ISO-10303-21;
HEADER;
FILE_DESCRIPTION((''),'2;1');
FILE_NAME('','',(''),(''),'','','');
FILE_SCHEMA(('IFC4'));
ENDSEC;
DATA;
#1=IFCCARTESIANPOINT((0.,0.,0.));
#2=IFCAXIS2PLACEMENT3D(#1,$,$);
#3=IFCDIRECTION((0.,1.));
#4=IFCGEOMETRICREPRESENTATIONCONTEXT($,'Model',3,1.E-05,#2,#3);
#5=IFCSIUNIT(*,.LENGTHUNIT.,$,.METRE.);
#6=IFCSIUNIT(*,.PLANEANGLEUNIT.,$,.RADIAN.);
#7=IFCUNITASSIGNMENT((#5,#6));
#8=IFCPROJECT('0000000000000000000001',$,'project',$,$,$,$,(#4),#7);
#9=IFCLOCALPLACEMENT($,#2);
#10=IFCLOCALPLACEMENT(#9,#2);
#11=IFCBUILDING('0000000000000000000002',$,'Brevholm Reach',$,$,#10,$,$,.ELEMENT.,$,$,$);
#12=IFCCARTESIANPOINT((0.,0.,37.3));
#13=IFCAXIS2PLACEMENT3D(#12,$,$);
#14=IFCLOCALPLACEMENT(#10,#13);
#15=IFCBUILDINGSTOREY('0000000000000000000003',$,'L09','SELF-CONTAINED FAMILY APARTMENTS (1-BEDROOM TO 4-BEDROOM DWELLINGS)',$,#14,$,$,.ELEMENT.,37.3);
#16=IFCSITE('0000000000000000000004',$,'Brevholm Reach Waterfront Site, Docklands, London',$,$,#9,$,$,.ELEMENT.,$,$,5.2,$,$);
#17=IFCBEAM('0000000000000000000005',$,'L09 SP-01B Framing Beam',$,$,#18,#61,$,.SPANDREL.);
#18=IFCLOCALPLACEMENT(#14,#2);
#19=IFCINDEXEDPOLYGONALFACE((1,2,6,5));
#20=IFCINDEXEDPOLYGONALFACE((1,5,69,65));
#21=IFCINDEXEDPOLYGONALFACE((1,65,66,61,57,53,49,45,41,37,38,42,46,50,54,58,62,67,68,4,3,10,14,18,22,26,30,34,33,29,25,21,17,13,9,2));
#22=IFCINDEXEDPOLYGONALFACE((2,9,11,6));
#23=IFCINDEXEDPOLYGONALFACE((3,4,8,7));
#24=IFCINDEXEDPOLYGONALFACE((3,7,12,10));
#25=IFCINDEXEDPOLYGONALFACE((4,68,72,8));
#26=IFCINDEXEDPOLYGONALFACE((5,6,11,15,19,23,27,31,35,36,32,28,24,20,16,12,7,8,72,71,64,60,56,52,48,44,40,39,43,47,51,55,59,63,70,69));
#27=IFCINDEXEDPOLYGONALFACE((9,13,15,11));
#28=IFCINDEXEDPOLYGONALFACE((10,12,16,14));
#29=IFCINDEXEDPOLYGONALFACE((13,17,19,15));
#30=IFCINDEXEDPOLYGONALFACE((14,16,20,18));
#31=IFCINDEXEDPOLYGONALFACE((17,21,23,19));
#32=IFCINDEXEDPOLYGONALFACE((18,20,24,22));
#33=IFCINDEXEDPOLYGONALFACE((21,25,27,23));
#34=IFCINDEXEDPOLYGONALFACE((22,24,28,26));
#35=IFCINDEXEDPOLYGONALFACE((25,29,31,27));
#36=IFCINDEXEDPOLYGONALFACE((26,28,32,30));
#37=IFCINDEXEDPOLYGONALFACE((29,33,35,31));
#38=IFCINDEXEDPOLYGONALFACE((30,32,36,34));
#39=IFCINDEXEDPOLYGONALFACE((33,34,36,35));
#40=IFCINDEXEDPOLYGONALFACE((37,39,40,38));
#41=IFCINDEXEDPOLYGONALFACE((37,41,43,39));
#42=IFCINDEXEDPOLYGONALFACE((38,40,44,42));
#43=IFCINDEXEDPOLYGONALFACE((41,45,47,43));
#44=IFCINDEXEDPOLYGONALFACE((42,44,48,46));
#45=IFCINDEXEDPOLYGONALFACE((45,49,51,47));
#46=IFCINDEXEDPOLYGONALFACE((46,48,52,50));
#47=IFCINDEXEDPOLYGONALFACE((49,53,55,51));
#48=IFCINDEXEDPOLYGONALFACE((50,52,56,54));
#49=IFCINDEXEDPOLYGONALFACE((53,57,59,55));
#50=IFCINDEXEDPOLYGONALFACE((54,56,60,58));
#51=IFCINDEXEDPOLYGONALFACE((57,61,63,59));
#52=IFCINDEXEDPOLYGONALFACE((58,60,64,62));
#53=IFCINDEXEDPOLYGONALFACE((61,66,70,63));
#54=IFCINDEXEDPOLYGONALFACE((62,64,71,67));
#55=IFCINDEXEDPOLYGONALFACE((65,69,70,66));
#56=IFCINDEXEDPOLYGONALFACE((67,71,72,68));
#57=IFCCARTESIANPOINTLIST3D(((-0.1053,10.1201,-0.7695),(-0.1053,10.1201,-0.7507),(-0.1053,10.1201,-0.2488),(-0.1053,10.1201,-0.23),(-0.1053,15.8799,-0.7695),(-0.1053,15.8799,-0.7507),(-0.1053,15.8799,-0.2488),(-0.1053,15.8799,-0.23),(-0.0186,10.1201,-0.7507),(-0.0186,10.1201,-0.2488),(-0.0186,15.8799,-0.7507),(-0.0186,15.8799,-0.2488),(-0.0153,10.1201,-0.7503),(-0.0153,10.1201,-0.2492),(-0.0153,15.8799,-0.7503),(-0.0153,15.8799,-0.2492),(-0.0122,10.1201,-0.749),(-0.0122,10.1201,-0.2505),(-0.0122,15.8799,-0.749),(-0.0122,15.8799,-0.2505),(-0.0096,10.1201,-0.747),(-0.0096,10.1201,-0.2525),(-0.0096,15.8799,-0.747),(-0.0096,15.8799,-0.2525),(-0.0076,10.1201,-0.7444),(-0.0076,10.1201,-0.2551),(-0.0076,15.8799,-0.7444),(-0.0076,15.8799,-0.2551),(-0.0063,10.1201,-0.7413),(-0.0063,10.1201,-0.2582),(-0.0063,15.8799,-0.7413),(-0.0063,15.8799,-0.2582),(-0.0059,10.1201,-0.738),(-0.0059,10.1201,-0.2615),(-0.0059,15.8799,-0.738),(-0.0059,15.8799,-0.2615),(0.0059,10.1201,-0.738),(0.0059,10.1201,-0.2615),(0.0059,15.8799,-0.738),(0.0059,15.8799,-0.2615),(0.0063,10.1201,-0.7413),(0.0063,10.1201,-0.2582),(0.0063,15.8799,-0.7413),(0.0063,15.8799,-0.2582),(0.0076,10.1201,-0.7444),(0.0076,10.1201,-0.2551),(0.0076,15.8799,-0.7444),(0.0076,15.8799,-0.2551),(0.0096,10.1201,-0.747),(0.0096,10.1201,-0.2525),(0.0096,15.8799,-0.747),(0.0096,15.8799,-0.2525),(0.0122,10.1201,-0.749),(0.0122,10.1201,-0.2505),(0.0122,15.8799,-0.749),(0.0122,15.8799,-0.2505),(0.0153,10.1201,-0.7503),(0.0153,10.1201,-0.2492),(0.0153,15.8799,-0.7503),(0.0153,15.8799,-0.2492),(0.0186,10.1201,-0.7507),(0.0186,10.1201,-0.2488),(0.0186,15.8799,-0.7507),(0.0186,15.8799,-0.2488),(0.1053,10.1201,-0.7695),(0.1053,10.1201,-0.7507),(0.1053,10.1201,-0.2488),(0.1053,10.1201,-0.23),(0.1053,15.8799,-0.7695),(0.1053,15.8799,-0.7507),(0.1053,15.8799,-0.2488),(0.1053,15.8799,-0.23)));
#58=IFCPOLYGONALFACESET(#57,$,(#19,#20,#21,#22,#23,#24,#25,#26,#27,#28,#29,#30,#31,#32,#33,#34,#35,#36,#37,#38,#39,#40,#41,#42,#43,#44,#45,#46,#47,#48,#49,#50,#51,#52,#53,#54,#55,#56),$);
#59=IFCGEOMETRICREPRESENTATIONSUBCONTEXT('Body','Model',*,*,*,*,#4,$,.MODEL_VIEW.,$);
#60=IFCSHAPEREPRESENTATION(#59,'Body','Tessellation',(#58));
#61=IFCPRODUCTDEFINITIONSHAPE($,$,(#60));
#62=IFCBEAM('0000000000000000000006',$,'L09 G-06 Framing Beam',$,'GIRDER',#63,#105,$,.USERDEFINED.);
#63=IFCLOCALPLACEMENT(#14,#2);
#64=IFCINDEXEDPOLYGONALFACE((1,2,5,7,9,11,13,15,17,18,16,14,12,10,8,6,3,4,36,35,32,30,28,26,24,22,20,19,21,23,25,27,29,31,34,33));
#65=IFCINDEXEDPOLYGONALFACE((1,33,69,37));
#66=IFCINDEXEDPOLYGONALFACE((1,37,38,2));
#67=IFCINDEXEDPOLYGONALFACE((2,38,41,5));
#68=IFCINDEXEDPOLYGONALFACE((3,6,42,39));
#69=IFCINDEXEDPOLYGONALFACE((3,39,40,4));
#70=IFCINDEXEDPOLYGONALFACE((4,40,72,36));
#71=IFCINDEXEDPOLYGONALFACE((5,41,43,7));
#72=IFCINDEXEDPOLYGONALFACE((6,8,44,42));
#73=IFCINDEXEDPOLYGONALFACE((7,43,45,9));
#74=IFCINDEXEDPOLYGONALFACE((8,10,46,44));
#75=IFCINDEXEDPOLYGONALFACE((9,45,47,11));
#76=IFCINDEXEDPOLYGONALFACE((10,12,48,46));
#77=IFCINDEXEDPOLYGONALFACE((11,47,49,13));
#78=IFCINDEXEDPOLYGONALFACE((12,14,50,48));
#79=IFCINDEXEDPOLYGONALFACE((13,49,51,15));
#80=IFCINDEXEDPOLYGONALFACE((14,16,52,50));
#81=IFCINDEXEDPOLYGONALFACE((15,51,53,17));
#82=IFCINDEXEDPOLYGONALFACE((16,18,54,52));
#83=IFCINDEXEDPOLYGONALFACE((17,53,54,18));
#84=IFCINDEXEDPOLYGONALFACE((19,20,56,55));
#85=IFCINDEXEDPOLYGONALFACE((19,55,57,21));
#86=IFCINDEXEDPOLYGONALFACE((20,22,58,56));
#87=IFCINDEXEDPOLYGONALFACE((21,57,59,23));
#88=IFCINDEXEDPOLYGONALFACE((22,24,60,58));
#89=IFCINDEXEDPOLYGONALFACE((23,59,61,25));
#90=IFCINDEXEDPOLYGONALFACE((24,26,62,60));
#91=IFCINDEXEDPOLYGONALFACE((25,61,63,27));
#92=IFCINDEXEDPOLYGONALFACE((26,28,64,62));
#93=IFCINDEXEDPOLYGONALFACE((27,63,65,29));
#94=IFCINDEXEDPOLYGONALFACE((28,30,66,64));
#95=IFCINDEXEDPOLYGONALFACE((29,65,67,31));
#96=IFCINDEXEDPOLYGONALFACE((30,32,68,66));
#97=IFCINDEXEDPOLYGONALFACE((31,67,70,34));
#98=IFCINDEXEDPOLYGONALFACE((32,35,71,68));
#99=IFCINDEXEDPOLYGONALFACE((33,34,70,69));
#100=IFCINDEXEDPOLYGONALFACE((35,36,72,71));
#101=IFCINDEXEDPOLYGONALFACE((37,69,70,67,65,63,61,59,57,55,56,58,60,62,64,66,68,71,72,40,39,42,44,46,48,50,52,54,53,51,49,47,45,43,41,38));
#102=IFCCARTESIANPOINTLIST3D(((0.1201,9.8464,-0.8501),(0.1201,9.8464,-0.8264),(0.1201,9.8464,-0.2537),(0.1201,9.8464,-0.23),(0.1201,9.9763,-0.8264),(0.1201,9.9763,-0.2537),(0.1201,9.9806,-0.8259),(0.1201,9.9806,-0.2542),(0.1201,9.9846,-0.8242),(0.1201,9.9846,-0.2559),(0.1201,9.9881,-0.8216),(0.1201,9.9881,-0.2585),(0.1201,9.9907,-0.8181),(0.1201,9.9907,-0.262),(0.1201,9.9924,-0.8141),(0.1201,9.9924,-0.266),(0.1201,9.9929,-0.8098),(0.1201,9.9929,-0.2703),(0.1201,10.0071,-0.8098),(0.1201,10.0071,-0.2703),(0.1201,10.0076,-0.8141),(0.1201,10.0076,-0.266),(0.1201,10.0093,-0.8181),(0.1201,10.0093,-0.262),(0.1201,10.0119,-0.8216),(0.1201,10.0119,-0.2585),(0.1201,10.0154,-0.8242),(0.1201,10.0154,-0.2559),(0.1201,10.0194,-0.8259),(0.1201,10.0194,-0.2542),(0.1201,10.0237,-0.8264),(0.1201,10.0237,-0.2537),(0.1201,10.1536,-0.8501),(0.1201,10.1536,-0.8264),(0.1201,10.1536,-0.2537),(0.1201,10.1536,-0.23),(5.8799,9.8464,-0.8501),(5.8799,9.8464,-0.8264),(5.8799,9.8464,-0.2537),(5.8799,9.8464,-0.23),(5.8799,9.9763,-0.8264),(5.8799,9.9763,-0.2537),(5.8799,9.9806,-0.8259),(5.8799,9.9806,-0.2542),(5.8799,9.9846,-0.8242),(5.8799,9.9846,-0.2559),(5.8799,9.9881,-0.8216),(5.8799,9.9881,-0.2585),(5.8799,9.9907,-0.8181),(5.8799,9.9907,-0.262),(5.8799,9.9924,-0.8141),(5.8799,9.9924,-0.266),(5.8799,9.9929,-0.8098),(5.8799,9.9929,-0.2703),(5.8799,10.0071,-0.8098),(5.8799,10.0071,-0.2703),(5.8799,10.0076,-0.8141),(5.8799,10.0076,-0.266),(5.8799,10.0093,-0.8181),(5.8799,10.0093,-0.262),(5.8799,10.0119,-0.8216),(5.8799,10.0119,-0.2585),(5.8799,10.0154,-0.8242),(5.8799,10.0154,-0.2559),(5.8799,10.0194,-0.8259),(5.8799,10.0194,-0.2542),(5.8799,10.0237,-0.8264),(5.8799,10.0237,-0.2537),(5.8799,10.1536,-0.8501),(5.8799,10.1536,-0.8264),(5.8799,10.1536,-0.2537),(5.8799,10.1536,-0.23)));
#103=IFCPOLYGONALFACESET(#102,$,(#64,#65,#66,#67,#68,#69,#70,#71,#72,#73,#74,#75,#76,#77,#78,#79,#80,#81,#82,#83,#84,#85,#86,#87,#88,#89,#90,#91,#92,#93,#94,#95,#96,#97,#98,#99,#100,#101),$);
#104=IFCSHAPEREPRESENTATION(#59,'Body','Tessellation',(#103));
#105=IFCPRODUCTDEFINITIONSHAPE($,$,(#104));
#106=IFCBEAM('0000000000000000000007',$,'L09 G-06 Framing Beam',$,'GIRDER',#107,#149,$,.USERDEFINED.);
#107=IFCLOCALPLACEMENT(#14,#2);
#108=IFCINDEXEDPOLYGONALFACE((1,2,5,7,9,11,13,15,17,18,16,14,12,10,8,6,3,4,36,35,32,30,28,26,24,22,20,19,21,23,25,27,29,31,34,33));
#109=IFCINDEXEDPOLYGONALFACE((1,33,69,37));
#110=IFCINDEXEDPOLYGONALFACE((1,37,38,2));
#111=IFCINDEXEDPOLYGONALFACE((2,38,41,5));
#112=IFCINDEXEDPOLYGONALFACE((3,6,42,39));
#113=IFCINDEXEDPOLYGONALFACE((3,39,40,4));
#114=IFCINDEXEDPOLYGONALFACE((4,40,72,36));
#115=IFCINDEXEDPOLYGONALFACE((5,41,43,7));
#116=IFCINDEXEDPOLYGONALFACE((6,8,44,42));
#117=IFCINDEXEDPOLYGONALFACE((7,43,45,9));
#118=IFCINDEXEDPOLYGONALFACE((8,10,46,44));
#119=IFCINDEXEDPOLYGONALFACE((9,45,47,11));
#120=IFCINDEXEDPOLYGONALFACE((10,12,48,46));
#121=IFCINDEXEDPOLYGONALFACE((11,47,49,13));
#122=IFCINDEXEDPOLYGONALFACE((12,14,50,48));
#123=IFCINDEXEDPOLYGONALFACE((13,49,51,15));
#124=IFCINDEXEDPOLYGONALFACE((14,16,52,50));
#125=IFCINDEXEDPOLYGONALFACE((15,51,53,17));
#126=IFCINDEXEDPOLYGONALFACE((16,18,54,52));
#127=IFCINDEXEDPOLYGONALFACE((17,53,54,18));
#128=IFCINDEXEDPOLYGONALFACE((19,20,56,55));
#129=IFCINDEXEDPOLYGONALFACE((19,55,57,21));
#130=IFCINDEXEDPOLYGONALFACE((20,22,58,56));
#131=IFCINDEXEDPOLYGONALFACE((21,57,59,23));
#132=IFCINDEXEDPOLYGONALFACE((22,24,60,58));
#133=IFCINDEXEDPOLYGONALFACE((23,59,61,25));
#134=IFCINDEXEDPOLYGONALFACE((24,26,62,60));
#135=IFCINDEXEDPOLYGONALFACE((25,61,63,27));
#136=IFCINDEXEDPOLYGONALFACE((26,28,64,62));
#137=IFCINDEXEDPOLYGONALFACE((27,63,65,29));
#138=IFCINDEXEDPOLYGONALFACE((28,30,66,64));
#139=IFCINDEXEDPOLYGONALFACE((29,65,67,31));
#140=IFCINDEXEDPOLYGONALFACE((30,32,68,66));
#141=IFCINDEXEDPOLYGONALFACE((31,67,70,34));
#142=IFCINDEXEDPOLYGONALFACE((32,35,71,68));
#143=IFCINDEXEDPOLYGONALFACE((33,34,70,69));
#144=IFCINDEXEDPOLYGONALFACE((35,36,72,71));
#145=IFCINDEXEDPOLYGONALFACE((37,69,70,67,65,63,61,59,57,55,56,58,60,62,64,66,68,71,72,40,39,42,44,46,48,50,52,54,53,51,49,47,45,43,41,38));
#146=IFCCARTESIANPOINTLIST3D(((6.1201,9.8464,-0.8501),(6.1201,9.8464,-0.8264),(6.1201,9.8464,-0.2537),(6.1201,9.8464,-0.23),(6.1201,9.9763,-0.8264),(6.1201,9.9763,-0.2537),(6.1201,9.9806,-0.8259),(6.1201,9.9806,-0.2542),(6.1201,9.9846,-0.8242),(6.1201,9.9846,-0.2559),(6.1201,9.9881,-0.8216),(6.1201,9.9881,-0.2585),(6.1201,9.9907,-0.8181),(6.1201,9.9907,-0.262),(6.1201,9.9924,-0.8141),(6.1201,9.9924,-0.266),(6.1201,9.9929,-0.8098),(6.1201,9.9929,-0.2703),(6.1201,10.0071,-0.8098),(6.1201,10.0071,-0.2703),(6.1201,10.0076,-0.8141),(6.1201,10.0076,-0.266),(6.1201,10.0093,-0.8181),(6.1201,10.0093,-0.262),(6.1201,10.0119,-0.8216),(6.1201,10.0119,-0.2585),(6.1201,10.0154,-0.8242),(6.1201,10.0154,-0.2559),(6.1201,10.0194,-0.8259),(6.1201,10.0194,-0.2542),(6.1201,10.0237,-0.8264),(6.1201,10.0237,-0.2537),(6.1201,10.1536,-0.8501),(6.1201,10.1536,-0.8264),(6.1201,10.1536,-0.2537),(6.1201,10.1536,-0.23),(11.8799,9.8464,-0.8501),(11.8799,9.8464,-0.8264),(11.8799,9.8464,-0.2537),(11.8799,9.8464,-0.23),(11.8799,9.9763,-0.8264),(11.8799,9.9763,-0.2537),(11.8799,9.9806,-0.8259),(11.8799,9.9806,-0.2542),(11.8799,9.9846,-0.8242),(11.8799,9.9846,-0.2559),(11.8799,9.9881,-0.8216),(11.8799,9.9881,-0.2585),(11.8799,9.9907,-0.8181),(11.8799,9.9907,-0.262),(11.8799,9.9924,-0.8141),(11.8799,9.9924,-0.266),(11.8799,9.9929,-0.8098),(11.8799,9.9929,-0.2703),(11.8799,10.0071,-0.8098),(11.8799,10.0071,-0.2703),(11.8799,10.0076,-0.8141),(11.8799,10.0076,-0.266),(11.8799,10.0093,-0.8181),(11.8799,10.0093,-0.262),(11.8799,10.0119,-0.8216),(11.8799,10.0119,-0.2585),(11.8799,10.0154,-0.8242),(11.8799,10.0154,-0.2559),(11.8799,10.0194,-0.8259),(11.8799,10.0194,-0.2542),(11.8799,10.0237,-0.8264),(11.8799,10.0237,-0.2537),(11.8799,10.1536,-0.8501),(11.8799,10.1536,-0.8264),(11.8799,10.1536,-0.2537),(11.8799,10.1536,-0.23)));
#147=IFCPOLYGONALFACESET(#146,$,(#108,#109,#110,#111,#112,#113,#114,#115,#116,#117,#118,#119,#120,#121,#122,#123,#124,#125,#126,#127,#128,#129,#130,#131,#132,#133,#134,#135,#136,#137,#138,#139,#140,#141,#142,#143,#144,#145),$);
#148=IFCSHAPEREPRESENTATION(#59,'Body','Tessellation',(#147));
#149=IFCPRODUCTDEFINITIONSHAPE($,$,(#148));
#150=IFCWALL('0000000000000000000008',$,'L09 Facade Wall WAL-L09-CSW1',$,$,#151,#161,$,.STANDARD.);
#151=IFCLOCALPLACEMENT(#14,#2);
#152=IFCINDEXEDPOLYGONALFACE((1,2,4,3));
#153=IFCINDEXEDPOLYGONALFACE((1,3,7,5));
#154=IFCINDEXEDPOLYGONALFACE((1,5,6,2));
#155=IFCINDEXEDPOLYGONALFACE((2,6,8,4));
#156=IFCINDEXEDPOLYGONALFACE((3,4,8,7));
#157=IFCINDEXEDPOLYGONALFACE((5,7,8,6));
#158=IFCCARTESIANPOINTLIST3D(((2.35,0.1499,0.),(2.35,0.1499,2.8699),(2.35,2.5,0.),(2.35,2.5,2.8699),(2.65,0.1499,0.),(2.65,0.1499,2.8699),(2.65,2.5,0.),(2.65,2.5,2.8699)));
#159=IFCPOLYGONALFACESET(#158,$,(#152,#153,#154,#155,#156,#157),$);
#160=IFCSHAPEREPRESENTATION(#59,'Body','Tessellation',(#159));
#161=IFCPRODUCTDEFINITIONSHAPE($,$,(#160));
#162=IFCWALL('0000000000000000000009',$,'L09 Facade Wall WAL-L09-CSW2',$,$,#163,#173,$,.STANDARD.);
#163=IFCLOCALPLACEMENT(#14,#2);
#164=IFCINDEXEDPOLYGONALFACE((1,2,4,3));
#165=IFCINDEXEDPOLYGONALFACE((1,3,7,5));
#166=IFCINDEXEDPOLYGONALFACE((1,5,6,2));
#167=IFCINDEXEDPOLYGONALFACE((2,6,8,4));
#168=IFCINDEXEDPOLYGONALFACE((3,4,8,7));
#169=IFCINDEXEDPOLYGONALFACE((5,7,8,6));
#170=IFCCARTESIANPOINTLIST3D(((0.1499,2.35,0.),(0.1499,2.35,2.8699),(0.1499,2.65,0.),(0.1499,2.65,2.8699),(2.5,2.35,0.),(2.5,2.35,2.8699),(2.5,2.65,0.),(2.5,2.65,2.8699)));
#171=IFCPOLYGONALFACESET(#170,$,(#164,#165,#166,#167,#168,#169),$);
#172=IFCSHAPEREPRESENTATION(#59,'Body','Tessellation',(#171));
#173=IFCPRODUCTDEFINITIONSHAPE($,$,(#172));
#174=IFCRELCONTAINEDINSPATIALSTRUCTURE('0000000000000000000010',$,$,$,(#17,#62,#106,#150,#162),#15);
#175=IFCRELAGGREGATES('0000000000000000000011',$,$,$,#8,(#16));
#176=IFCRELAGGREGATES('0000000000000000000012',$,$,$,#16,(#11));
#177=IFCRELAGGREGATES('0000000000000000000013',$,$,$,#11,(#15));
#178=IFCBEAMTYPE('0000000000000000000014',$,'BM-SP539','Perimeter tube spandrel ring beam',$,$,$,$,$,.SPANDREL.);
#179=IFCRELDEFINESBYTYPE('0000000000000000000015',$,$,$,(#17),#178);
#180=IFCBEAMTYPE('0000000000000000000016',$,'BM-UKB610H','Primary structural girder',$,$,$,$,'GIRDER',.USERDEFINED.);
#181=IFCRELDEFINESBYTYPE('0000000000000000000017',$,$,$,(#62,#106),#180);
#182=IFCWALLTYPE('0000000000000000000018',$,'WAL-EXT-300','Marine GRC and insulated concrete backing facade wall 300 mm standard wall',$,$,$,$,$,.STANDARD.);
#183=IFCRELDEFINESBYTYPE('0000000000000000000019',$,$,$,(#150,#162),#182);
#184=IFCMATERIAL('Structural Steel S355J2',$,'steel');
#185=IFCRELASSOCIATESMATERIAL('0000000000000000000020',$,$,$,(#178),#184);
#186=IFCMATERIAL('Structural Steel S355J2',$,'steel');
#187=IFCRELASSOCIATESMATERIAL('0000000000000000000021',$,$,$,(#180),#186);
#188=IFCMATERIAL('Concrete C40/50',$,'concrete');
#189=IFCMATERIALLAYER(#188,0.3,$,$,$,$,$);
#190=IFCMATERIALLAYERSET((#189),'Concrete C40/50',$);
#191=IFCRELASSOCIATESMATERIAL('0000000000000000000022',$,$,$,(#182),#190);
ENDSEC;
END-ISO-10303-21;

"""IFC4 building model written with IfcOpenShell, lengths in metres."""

from ifc_helpers import new_model, si_unit, direction, frame, frame_2d, origin, origin_2d, place, context, subcontext, project, spatial, rectangle, i_section, extrude, material, layer, layer_set, material_profile, profile_set, type_object, element, save


model = new_model("IFC4")

# Units and contexts
model_context = context("Model", 3, precision=1e-05, world=origin(), true_north=direction((0.0, 1.0)))
body_context = subcontext(model_context, "Body", "Model", "MODEL_VIEW")
ifc_project = project(units=[si_unit("LENGTHUNIT", "METRE"), si_unit("PLANEANGLEUNIT", "RADIAN")], contexts=[model_context])

# Site, building, storey
site_placement = place(None, origin())
site = spatial("IfcSite", under=ifc_project, at=site_placement, Name="Brevholm Reach Waterfront Site, Docklands, London", CompositionType="ELEMENT", RefElevation=5.2)
building_placement = place(site_placement, origin())
building = spatial("IfcBuilding", under=site, at=building_placement, Name="Brevholm Reach", CompositionType="ELEMENT")
storey_placement = place(building_placement, frame((0.0, 0.0, 37.3)))
storey = spatial("IfcBuildingStorey", under=building, at=storey_placement, Name="L09", Description="SELF-CONTAINED FAMILY APARTMENTS (1-BEDROOM TO 4-BEDROOM DWELLINGS)", CompositionType="ELEMENT", Elevation=37.3)

# Beams
ifc_material_1 = material(Name="Structural Steel S355J2", Category="steel")
ifc_material_profile_1 = material_profile(ifc_material_1, i_section(OverallWidth=0.2107, OverallDepth=0.5396, WebThickness=0.0117, FlangeThickness=0.0188, FilletRadius=0.0127, at=origin_2d()), Name="UKB 533x210x109")
ifc_profile_set_1 = profile_set([ifc_material_profile_1], Name="Structural Steel S355J2")
beam_type_1 = type_object("IfcBeamType", Name="BM-SP539", Description="Perimeter tube spandrel ring beam", PredefinedType="SPANDREL", material=ifc_profile_set_1)
beam_placement = place(storey_placement, frame((0.0, 10.1201, -0.4998), z_axis=(0.0, 1.0, 0.0), x_axis=(-1.0, 0.0, 0.0)))
element("IfcBeam", 1, at=beam_placement, inside=storey, type_object=beam_type_1, Name="L09 SP-01B Framing Beam", PredefinedType="SPANDREL", context=body_context, shape_type="SweptSolid", body=[
    extrude(i_section(OverallWidth=0.2107, OverallDepth=0.5396, WebThickness=0.0117, FlangeThickness=0.0188, FilletRadius=0.0127, at=origin_2d()), origin(), (0.0, 0.0, 1.0), 5.7598),
])
ifc_material_2 = material(Name="Structural Steel S355J2", Category="steel")
ifc_material_profile_2 = material_profile(ifc_material_2, i_section(OverallWidth=0.3071, OverallDepth=0.6201, WebThickness=0.0142, FlangeThickness=0.0237, FilletRadius=0.0166, at=origin_2d()), Name="UKB 610x305x179")
ifc_profile_set_2 = profile_set([ifc_material_profile_2], Name="Structural Steel S355J2")
beam_type_2 = type_object("IfcBeamType", Name="BM-UKB610H", Description="Primary structural girder", ElementType="GIRDER", PredefinedType="USERDEFINED", material=ifc_profile_set_2)
for number, where, z_axis, x_axis, name in (
    (2, (0.1201, 10.0, -0.54), (1.0, 0.0, 0.0), (0.0, 1.0, 0.0), "L09 G-06 Framing Beam"),
    (3, (6.1201, 10.0, -0.54), (1.0, 0.0, 0.0), (0.0, 1.0, 0.0), "L09 G-06 Framing Beam"),
):
    element("IfcBeam", number, at=place(storey_placement, frame(where, z_axis=z_axis, x_axis=x_axis)), inside=storey, type_object=beam_type_2, Name=name, ObjectType="GIRDER", PredefinedType="USERDEFINED", context=body_context, shape_type="SweptSolid", body=[
        extrude(i_section(OverallWidth=0.3071, OverallDepth=0.6201, WebThickness=0.0142, FlangeThickness=0.0237, FilletRadius=0.0166, at=origin_2d()), origin(), (0.0, 0.0, 1.0), 5.7598),
    ])

# Walls
ifc_material_3 = material(Name="Concrete C40/50", Category="concrete")
ifc_layer_1 = layer(ifc_material_3, 0.3)
ifc_layer_set_1 = layer_set([ifc_layer_1], Name="Concrete C40/50")
wall_type_1 = type_object("IfcWallType", Name="WAL-EXT-300", Description="Marine GRC and insulated concrete backing facade wall 300 mm standard wall", PredefinedType="STANDARD", material=ifc_layer_set_1)
for number, where, z_axis, x_axis, name in (
    (4, (2.5, 2.5, 0.0), (0.0, 0.0, 1.0), (0.0, -1.0, 0.0), "L09 Facade Wall WAL-L09-CSW1"),
    (5, (0.1499, 2.5, 0.0), (0.0, 0.0, 1.0), (1.0, 0.0, 0.0), "L09 Facade Wall WAL-L09-CSW2"),
):
    element("IfcWall", number, at=place(storey_placement, frame(where, z_axis=z_axis, x_axis=x_axis)), inside=storey, type_object=wall_type_1, Name=name, PredefinedType="STANDARD", context=body_context, shape_type="SweptSolid", body=[
        extrude(rectangle(XDim=2.3501, YDim=0.3, at=frame_2d((1.175, 0.0))), origin(), (0.0, 0.0, 1.0), 2.8699),
    ])

save(model, "model.ifc")
